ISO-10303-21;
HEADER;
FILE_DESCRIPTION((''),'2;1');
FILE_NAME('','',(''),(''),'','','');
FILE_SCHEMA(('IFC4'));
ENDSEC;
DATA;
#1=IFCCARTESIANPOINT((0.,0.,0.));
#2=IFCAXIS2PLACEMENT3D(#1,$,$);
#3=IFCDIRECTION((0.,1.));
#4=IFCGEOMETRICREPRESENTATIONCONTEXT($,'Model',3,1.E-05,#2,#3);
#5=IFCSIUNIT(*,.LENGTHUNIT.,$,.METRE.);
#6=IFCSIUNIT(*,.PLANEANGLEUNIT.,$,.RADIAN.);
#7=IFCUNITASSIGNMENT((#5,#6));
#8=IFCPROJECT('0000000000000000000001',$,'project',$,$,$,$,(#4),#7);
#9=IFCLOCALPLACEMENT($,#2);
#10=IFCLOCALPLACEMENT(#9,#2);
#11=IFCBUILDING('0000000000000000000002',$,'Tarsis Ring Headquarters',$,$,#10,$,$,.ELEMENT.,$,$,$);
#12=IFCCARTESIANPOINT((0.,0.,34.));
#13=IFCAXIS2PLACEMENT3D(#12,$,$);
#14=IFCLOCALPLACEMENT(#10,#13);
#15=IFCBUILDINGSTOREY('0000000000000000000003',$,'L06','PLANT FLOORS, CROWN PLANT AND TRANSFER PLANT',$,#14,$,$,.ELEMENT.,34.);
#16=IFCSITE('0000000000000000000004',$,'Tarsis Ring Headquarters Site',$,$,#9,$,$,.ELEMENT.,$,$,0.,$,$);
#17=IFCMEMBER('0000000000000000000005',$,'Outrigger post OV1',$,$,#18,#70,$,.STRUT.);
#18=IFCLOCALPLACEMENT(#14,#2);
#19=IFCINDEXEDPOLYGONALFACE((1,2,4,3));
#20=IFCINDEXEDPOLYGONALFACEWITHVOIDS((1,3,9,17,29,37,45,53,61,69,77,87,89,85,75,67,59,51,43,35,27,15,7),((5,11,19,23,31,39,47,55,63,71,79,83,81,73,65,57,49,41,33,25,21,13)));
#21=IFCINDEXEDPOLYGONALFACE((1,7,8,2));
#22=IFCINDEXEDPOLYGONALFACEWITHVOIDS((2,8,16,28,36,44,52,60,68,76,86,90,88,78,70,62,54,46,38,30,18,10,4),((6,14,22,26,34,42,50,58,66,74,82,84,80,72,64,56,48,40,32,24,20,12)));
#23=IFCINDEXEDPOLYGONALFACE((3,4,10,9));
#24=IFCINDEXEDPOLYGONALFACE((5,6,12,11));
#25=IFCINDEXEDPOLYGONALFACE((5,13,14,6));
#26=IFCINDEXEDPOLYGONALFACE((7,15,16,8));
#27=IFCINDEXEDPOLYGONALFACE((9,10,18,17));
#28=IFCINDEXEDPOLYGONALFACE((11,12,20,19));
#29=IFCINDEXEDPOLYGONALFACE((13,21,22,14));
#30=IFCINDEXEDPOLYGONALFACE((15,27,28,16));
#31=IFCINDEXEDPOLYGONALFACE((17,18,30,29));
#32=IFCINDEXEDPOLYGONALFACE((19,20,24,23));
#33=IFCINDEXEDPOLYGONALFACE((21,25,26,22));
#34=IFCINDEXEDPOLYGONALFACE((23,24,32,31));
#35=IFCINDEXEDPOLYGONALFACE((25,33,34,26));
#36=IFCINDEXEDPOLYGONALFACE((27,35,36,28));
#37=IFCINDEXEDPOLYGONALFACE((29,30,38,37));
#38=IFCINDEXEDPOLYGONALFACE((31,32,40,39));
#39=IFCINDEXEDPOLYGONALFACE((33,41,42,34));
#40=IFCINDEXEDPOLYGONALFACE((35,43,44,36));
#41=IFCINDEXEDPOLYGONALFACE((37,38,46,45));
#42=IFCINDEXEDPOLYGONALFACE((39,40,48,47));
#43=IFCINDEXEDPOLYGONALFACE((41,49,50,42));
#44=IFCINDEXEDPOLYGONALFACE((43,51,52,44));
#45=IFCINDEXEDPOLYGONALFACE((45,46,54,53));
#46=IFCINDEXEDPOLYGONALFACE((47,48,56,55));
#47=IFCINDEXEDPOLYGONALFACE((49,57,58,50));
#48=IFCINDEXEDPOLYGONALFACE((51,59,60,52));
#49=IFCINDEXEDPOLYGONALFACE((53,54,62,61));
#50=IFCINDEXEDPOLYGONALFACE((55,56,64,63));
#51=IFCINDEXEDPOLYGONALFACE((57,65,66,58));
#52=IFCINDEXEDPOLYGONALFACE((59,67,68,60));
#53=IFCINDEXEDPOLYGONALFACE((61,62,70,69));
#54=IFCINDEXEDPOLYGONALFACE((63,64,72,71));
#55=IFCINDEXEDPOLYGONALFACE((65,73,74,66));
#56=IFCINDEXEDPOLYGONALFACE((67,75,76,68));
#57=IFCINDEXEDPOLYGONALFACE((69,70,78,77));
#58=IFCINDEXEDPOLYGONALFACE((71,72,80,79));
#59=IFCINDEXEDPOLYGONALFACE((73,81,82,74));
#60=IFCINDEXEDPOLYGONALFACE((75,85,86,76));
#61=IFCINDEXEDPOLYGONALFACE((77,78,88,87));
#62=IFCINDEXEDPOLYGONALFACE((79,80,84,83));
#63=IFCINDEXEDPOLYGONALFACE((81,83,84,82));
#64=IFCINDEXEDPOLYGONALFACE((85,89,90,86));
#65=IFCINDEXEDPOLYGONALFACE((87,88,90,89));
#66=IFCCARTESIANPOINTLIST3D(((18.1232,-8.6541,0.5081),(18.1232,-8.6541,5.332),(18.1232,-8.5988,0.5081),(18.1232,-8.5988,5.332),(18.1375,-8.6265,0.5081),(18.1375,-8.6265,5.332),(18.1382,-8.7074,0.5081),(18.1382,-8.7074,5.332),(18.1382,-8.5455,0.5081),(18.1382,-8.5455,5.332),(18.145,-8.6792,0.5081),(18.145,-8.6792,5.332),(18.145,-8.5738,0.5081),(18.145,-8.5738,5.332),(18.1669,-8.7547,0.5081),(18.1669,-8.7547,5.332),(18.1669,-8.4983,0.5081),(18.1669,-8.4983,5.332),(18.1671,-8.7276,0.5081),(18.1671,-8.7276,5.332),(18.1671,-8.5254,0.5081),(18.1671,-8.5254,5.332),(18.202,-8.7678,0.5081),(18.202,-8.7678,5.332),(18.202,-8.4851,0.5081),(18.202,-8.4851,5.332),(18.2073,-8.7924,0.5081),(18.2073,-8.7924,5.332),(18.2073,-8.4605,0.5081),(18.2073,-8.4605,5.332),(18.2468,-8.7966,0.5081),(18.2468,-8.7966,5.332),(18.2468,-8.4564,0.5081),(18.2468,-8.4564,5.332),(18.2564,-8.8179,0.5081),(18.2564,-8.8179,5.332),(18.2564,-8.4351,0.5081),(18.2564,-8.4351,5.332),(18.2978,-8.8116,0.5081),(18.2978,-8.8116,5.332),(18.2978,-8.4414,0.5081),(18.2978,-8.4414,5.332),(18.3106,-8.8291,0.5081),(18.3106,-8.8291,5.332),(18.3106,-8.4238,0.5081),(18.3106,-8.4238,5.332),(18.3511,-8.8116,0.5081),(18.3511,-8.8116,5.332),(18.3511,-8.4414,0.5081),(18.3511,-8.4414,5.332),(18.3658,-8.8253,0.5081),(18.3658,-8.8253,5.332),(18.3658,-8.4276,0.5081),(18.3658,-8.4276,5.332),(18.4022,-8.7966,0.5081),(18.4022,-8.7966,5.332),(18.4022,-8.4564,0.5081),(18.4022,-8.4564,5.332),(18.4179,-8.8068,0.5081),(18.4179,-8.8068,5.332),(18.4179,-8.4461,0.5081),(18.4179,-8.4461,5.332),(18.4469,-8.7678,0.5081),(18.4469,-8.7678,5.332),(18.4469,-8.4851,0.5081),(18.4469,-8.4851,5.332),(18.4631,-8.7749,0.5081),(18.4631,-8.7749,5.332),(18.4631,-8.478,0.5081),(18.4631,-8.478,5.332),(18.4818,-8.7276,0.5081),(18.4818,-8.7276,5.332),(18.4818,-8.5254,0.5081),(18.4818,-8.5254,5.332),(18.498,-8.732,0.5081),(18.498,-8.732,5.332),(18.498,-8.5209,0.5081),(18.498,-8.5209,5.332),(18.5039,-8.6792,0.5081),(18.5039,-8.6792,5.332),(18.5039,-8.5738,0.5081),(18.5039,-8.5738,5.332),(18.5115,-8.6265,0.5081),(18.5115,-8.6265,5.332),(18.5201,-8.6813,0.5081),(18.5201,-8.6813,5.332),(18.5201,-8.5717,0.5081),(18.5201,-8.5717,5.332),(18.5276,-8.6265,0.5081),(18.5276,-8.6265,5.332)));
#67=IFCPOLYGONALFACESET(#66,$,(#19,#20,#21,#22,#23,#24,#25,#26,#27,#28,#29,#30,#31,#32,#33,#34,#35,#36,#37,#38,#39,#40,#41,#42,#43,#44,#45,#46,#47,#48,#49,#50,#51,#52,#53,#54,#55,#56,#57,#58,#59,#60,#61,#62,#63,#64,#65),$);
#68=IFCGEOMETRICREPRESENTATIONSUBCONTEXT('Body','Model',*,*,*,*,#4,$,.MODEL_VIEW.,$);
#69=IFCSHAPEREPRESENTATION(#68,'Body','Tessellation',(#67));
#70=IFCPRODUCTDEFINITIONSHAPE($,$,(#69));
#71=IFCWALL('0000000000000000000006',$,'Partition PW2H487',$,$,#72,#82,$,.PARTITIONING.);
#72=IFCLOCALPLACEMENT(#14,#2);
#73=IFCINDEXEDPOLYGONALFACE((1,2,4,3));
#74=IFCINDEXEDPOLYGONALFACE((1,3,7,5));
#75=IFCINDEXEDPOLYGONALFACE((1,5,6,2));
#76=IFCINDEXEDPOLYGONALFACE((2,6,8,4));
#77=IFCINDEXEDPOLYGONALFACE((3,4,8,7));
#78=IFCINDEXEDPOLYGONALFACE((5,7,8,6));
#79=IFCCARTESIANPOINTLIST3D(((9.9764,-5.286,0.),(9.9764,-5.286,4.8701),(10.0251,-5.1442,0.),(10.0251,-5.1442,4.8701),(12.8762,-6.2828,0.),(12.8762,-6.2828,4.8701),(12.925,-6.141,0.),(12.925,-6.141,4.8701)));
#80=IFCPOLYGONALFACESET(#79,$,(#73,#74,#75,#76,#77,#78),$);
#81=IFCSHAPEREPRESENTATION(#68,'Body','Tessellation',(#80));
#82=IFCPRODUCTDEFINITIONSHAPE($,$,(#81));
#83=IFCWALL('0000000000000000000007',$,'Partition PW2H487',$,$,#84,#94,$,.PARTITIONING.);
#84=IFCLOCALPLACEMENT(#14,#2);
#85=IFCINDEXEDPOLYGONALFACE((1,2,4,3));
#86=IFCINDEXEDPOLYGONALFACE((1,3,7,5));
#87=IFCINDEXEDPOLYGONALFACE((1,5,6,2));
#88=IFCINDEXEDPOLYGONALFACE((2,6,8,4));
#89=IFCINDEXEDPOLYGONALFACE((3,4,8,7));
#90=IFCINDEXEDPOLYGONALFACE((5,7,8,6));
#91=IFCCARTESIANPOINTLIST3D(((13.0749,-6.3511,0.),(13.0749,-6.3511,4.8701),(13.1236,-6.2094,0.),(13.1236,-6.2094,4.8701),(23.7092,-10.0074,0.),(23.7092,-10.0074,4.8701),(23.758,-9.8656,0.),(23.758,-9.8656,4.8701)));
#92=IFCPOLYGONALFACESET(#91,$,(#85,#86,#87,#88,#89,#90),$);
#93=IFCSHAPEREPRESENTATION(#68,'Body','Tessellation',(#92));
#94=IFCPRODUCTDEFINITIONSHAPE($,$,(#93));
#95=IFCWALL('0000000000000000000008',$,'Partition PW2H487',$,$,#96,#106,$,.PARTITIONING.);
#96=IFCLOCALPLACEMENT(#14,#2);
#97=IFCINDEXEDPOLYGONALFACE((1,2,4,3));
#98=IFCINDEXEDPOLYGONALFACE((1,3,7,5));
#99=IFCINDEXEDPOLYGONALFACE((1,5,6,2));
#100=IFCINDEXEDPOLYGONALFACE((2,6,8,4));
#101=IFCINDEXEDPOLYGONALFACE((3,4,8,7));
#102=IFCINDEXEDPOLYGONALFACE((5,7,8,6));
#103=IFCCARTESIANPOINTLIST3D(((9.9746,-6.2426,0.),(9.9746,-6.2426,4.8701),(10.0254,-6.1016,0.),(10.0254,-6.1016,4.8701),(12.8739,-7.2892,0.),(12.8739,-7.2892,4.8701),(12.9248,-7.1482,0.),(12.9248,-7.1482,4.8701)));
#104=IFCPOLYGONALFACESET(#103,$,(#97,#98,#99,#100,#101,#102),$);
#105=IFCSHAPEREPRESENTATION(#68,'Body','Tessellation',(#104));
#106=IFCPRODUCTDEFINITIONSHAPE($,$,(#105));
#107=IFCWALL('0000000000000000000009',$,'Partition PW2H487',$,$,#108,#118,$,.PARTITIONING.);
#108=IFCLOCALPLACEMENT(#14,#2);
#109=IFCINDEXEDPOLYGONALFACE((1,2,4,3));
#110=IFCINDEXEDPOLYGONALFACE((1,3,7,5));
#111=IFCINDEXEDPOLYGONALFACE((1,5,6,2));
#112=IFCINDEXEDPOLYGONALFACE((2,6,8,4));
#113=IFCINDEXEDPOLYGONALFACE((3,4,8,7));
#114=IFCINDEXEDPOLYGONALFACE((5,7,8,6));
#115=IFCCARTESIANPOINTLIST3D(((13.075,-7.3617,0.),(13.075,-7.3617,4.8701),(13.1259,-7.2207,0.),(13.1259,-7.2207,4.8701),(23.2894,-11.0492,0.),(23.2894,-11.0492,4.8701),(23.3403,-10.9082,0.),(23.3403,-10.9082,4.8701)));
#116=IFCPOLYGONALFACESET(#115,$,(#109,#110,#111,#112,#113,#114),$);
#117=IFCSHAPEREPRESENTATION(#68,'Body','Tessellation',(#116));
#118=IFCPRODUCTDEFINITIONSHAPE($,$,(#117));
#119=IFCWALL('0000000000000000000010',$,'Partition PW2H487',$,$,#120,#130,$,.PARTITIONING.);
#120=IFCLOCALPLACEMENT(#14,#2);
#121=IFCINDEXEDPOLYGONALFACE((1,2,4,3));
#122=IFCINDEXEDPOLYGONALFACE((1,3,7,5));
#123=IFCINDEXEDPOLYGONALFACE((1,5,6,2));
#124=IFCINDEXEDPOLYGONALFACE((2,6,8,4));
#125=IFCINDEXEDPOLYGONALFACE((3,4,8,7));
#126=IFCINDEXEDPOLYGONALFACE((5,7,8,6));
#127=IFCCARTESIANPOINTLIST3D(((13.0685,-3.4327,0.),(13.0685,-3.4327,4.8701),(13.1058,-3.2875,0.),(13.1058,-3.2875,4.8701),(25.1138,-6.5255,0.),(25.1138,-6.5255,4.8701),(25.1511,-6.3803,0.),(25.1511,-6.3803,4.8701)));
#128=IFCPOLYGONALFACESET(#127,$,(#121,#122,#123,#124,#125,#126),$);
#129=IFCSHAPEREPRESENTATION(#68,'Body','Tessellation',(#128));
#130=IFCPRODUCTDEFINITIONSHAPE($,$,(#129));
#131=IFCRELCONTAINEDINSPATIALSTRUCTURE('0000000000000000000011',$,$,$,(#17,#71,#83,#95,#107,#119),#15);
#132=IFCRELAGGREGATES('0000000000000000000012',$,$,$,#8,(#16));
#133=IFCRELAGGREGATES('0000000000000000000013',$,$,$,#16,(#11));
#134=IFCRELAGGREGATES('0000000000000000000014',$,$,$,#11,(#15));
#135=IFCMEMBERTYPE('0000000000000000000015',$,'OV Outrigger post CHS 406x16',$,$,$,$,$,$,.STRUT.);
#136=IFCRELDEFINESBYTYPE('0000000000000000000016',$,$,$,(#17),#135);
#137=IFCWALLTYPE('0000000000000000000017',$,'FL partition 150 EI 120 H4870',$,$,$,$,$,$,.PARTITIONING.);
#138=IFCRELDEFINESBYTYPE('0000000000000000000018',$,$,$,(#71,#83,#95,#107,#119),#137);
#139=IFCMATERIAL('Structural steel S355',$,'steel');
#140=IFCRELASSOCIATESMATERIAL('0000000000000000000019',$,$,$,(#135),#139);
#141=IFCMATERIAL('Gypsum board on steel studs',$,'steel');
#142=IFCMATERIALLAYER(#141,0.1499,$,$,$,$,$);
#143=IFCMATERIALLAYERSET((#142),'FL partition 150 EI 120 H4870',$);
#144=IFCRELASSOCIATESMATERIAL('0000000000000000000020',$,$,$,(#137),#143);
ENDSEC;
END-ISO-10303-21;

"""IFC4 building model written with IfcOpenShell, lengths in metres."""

from ifc_helpers import new_model, si_unit, direction, frame, frame_2d, origin, origin_2d, place, context, subcontext, project, spatial, rectangle, hollow_circle, extrude, material, layer, layer_set, material_profile, profile_set, type_object, element, save


model = new_model("IFC4")

# Units and contexts
model_context = context("Model", 3, precision=1e-05, world=origin(), true_north=direction((0.0, 1.0)))
body_context = subcontext(model_context, "Body", "Model", "MODEL_VIEW")
ifc_project = project(units=[si_unit("LENGTHUNIT", "METRE"), si_unit("PLANEANGLEUNIT", "RADIAN")], contexts=[model_context])

# Site, building, storey
site_placement = place(None, origin())
site = spatial("IfcSite", under=ifc_project, at=site_placement, Name="Tarsis Ring Headquarters Site", CompositionType="ELEMENT", RefElevation=0.0)
building_placement = place(site_placement, origin())
building = spatial("IfcBuilding", under=site, at=building_placement, Name="Tarsis Ring Headquarters", CompositionType="ELEMENT")
storey_placement = place(building_placement, frame((0.0, 0.0, 34.0)))
storey = spatial("IfcBuildingStorey", under=building, at=storey_placement, Name="L06", Description="PLANT FLOORS, CROWN PLANT AND TRANSFER PLANT", CompositionType="ELEMENT", Elevation=34.0)

# Shared definitions
ifc_material_1 = material(Name="Structural steel S355", Category="steel")

# Member
ifc_material_profile_1 = material_profile(ifc_material_1, hollow_circle(Radius=0.2031, WallThickness=0.0161, at=origin_2d()), Name="CHS 406x16")
ifc_profile_set_1 = profile_set([ifc_material_profile_1], Name="Structural steel S355")
member_type_1 = type_object("IfcMemberType", Name="OV Outrigger post CHS 406x16", PredefinedType="STRUT", material=ifc_profile_set_1)
for number, where, z_axis, x_axis, name in (
    (1, (18.3245, -8.6265, 0.5081), (0.0, 0.0, 1.0), (1.0, 0.0, 0.0), "Outrigger post OV1"),
):
    element("IfcMember", number, at=place(storey_placement, frame(where, z_axis=z_axis, x_axis=x_axis)), inside=storey, type_object=member_type_1, Name=name, PredefinedType="STRUT", context=body_context, shape_type="SweptSolid", body=[
        extrude(hollow_circle(Radius=0.2031, WallThickness=0.0161, at=origin_2d()), origin(), (0.0, 0.0, 1.0), 4.824),
    ])

# Walls
ifc_material_2 = material(Name="Gypsum board on steel studs", Category="steel")
ifc_layer = layer(ifc_material_2, 0.1499)
ifc_layer_set = layer_set([ifc_layer], Name="FL partition 150 EI 120 H4870")
wall_type = type_object("IfcWallType", Name="FL partition 150 EI 120 H4870", PredefinedType="PARTITIONING", material=ifc_layer_set)
wall_1_placement = place(storey_placement, frame((10.0007, -5.2151, 0.0), z_axis=(0.0, 0.0, 1.0), x_axis=(0.945688, -0.325075, 0.0)))
element("IfcWall", 2, at=wall_1_placement, inside=storey, type_object=wall_type, Name="Partition PW2H487", PredefinedType="PARTITIONING", context=body_context, shape_type="SweptSolid", body=[
    extrude(rectangle(XDim=3.0664, YDim=0.1499, at=frame_2d((1.5332, 0.0))), origin(), (0.0, 0.0, 1.0), 4.8701),
])
wall_2_placement = place(storey_placement, frame((13.0994, -6.2803, 0.0), z_axis=(0.0, 0.0, 1.0), x_axis=(0.945667, -0.325137, 0.0)))
element("IfcWall", 3, at=wall_2_placement, inside=storey, type_object=wall_type, Name="Partition PW2H487", PredefinedType="PARTITIONING", context=body_context, shape_type="SweptSolid", body=[
    extrude(rectangle(XDim=11.2454, YDim=0.1499, at=frame_2d((5.6226, 0.0))), origin(), (0.0, 0.0, 1.0), 4.8701),
])
wall_3_placement = place(storey_placement, frame((10.0, -6.1721, 0.0), z_axis=(0.0, 0.0, 1.0), x_axis=(0.940593, -0.339535, 0.0)))
element("IfcWall", 4, at=wall_3_placement, inside=storey, type_object=wall_type, Name="Partition PW2H487", PredefinedType="PARTITIONING", context=body_context, shape_type="SweptSolid", body=[
    extrude(rectangle(XDim=3.0825, YDim=0.1499, at=frame_2d((1.5413, 0.0))), origin(), (0.0, 0.0, 1.0), 4.8701),
])
wall_4_placement = place(storey_placement, frame((13.1006, -7.2913, 0.0), z_axis=(0.0, 0.0, 1.0), x_axis=(0.940584, -0.339562, 0.0)))
element("IfcWall", 5, at=wall_4_placement, inside=storey, type_object=wall_type, Name="Partition PW2H487", PredefinedType="PARTITIONING", context=body_context, shape_type="SweptSolid", body=[
    extrude(rectangle(XDim=10.8596, YDim=0.1499, at=frame_2d((5.4297, 0.0))), origin(), (0.0, 0.0, 1.0), 4.8701),
])
wall_5_placement = place(storey_placement, frame((13.0872, -3.3601, 0.0), z_axis=(0.0, 0.0, 1.0), x_axis=(0.968582, -0.248693, 0.0)))
element("IfcWall", 6, at=wall_5_placement, inside=storey, type_object=wall_type, Name="Partition PW2H487", PredefinedType="PARTITIONING", context=body_context, shape_type="SweptSolid", body=[
    extrude(rectangle(XDim=12.436, YDim=0.1499, at=frame_2d((6.218, 0.0))), origin(), (0.0, 0.0, 1.0), 4.8701),
])

save(model, "model.ifc")
